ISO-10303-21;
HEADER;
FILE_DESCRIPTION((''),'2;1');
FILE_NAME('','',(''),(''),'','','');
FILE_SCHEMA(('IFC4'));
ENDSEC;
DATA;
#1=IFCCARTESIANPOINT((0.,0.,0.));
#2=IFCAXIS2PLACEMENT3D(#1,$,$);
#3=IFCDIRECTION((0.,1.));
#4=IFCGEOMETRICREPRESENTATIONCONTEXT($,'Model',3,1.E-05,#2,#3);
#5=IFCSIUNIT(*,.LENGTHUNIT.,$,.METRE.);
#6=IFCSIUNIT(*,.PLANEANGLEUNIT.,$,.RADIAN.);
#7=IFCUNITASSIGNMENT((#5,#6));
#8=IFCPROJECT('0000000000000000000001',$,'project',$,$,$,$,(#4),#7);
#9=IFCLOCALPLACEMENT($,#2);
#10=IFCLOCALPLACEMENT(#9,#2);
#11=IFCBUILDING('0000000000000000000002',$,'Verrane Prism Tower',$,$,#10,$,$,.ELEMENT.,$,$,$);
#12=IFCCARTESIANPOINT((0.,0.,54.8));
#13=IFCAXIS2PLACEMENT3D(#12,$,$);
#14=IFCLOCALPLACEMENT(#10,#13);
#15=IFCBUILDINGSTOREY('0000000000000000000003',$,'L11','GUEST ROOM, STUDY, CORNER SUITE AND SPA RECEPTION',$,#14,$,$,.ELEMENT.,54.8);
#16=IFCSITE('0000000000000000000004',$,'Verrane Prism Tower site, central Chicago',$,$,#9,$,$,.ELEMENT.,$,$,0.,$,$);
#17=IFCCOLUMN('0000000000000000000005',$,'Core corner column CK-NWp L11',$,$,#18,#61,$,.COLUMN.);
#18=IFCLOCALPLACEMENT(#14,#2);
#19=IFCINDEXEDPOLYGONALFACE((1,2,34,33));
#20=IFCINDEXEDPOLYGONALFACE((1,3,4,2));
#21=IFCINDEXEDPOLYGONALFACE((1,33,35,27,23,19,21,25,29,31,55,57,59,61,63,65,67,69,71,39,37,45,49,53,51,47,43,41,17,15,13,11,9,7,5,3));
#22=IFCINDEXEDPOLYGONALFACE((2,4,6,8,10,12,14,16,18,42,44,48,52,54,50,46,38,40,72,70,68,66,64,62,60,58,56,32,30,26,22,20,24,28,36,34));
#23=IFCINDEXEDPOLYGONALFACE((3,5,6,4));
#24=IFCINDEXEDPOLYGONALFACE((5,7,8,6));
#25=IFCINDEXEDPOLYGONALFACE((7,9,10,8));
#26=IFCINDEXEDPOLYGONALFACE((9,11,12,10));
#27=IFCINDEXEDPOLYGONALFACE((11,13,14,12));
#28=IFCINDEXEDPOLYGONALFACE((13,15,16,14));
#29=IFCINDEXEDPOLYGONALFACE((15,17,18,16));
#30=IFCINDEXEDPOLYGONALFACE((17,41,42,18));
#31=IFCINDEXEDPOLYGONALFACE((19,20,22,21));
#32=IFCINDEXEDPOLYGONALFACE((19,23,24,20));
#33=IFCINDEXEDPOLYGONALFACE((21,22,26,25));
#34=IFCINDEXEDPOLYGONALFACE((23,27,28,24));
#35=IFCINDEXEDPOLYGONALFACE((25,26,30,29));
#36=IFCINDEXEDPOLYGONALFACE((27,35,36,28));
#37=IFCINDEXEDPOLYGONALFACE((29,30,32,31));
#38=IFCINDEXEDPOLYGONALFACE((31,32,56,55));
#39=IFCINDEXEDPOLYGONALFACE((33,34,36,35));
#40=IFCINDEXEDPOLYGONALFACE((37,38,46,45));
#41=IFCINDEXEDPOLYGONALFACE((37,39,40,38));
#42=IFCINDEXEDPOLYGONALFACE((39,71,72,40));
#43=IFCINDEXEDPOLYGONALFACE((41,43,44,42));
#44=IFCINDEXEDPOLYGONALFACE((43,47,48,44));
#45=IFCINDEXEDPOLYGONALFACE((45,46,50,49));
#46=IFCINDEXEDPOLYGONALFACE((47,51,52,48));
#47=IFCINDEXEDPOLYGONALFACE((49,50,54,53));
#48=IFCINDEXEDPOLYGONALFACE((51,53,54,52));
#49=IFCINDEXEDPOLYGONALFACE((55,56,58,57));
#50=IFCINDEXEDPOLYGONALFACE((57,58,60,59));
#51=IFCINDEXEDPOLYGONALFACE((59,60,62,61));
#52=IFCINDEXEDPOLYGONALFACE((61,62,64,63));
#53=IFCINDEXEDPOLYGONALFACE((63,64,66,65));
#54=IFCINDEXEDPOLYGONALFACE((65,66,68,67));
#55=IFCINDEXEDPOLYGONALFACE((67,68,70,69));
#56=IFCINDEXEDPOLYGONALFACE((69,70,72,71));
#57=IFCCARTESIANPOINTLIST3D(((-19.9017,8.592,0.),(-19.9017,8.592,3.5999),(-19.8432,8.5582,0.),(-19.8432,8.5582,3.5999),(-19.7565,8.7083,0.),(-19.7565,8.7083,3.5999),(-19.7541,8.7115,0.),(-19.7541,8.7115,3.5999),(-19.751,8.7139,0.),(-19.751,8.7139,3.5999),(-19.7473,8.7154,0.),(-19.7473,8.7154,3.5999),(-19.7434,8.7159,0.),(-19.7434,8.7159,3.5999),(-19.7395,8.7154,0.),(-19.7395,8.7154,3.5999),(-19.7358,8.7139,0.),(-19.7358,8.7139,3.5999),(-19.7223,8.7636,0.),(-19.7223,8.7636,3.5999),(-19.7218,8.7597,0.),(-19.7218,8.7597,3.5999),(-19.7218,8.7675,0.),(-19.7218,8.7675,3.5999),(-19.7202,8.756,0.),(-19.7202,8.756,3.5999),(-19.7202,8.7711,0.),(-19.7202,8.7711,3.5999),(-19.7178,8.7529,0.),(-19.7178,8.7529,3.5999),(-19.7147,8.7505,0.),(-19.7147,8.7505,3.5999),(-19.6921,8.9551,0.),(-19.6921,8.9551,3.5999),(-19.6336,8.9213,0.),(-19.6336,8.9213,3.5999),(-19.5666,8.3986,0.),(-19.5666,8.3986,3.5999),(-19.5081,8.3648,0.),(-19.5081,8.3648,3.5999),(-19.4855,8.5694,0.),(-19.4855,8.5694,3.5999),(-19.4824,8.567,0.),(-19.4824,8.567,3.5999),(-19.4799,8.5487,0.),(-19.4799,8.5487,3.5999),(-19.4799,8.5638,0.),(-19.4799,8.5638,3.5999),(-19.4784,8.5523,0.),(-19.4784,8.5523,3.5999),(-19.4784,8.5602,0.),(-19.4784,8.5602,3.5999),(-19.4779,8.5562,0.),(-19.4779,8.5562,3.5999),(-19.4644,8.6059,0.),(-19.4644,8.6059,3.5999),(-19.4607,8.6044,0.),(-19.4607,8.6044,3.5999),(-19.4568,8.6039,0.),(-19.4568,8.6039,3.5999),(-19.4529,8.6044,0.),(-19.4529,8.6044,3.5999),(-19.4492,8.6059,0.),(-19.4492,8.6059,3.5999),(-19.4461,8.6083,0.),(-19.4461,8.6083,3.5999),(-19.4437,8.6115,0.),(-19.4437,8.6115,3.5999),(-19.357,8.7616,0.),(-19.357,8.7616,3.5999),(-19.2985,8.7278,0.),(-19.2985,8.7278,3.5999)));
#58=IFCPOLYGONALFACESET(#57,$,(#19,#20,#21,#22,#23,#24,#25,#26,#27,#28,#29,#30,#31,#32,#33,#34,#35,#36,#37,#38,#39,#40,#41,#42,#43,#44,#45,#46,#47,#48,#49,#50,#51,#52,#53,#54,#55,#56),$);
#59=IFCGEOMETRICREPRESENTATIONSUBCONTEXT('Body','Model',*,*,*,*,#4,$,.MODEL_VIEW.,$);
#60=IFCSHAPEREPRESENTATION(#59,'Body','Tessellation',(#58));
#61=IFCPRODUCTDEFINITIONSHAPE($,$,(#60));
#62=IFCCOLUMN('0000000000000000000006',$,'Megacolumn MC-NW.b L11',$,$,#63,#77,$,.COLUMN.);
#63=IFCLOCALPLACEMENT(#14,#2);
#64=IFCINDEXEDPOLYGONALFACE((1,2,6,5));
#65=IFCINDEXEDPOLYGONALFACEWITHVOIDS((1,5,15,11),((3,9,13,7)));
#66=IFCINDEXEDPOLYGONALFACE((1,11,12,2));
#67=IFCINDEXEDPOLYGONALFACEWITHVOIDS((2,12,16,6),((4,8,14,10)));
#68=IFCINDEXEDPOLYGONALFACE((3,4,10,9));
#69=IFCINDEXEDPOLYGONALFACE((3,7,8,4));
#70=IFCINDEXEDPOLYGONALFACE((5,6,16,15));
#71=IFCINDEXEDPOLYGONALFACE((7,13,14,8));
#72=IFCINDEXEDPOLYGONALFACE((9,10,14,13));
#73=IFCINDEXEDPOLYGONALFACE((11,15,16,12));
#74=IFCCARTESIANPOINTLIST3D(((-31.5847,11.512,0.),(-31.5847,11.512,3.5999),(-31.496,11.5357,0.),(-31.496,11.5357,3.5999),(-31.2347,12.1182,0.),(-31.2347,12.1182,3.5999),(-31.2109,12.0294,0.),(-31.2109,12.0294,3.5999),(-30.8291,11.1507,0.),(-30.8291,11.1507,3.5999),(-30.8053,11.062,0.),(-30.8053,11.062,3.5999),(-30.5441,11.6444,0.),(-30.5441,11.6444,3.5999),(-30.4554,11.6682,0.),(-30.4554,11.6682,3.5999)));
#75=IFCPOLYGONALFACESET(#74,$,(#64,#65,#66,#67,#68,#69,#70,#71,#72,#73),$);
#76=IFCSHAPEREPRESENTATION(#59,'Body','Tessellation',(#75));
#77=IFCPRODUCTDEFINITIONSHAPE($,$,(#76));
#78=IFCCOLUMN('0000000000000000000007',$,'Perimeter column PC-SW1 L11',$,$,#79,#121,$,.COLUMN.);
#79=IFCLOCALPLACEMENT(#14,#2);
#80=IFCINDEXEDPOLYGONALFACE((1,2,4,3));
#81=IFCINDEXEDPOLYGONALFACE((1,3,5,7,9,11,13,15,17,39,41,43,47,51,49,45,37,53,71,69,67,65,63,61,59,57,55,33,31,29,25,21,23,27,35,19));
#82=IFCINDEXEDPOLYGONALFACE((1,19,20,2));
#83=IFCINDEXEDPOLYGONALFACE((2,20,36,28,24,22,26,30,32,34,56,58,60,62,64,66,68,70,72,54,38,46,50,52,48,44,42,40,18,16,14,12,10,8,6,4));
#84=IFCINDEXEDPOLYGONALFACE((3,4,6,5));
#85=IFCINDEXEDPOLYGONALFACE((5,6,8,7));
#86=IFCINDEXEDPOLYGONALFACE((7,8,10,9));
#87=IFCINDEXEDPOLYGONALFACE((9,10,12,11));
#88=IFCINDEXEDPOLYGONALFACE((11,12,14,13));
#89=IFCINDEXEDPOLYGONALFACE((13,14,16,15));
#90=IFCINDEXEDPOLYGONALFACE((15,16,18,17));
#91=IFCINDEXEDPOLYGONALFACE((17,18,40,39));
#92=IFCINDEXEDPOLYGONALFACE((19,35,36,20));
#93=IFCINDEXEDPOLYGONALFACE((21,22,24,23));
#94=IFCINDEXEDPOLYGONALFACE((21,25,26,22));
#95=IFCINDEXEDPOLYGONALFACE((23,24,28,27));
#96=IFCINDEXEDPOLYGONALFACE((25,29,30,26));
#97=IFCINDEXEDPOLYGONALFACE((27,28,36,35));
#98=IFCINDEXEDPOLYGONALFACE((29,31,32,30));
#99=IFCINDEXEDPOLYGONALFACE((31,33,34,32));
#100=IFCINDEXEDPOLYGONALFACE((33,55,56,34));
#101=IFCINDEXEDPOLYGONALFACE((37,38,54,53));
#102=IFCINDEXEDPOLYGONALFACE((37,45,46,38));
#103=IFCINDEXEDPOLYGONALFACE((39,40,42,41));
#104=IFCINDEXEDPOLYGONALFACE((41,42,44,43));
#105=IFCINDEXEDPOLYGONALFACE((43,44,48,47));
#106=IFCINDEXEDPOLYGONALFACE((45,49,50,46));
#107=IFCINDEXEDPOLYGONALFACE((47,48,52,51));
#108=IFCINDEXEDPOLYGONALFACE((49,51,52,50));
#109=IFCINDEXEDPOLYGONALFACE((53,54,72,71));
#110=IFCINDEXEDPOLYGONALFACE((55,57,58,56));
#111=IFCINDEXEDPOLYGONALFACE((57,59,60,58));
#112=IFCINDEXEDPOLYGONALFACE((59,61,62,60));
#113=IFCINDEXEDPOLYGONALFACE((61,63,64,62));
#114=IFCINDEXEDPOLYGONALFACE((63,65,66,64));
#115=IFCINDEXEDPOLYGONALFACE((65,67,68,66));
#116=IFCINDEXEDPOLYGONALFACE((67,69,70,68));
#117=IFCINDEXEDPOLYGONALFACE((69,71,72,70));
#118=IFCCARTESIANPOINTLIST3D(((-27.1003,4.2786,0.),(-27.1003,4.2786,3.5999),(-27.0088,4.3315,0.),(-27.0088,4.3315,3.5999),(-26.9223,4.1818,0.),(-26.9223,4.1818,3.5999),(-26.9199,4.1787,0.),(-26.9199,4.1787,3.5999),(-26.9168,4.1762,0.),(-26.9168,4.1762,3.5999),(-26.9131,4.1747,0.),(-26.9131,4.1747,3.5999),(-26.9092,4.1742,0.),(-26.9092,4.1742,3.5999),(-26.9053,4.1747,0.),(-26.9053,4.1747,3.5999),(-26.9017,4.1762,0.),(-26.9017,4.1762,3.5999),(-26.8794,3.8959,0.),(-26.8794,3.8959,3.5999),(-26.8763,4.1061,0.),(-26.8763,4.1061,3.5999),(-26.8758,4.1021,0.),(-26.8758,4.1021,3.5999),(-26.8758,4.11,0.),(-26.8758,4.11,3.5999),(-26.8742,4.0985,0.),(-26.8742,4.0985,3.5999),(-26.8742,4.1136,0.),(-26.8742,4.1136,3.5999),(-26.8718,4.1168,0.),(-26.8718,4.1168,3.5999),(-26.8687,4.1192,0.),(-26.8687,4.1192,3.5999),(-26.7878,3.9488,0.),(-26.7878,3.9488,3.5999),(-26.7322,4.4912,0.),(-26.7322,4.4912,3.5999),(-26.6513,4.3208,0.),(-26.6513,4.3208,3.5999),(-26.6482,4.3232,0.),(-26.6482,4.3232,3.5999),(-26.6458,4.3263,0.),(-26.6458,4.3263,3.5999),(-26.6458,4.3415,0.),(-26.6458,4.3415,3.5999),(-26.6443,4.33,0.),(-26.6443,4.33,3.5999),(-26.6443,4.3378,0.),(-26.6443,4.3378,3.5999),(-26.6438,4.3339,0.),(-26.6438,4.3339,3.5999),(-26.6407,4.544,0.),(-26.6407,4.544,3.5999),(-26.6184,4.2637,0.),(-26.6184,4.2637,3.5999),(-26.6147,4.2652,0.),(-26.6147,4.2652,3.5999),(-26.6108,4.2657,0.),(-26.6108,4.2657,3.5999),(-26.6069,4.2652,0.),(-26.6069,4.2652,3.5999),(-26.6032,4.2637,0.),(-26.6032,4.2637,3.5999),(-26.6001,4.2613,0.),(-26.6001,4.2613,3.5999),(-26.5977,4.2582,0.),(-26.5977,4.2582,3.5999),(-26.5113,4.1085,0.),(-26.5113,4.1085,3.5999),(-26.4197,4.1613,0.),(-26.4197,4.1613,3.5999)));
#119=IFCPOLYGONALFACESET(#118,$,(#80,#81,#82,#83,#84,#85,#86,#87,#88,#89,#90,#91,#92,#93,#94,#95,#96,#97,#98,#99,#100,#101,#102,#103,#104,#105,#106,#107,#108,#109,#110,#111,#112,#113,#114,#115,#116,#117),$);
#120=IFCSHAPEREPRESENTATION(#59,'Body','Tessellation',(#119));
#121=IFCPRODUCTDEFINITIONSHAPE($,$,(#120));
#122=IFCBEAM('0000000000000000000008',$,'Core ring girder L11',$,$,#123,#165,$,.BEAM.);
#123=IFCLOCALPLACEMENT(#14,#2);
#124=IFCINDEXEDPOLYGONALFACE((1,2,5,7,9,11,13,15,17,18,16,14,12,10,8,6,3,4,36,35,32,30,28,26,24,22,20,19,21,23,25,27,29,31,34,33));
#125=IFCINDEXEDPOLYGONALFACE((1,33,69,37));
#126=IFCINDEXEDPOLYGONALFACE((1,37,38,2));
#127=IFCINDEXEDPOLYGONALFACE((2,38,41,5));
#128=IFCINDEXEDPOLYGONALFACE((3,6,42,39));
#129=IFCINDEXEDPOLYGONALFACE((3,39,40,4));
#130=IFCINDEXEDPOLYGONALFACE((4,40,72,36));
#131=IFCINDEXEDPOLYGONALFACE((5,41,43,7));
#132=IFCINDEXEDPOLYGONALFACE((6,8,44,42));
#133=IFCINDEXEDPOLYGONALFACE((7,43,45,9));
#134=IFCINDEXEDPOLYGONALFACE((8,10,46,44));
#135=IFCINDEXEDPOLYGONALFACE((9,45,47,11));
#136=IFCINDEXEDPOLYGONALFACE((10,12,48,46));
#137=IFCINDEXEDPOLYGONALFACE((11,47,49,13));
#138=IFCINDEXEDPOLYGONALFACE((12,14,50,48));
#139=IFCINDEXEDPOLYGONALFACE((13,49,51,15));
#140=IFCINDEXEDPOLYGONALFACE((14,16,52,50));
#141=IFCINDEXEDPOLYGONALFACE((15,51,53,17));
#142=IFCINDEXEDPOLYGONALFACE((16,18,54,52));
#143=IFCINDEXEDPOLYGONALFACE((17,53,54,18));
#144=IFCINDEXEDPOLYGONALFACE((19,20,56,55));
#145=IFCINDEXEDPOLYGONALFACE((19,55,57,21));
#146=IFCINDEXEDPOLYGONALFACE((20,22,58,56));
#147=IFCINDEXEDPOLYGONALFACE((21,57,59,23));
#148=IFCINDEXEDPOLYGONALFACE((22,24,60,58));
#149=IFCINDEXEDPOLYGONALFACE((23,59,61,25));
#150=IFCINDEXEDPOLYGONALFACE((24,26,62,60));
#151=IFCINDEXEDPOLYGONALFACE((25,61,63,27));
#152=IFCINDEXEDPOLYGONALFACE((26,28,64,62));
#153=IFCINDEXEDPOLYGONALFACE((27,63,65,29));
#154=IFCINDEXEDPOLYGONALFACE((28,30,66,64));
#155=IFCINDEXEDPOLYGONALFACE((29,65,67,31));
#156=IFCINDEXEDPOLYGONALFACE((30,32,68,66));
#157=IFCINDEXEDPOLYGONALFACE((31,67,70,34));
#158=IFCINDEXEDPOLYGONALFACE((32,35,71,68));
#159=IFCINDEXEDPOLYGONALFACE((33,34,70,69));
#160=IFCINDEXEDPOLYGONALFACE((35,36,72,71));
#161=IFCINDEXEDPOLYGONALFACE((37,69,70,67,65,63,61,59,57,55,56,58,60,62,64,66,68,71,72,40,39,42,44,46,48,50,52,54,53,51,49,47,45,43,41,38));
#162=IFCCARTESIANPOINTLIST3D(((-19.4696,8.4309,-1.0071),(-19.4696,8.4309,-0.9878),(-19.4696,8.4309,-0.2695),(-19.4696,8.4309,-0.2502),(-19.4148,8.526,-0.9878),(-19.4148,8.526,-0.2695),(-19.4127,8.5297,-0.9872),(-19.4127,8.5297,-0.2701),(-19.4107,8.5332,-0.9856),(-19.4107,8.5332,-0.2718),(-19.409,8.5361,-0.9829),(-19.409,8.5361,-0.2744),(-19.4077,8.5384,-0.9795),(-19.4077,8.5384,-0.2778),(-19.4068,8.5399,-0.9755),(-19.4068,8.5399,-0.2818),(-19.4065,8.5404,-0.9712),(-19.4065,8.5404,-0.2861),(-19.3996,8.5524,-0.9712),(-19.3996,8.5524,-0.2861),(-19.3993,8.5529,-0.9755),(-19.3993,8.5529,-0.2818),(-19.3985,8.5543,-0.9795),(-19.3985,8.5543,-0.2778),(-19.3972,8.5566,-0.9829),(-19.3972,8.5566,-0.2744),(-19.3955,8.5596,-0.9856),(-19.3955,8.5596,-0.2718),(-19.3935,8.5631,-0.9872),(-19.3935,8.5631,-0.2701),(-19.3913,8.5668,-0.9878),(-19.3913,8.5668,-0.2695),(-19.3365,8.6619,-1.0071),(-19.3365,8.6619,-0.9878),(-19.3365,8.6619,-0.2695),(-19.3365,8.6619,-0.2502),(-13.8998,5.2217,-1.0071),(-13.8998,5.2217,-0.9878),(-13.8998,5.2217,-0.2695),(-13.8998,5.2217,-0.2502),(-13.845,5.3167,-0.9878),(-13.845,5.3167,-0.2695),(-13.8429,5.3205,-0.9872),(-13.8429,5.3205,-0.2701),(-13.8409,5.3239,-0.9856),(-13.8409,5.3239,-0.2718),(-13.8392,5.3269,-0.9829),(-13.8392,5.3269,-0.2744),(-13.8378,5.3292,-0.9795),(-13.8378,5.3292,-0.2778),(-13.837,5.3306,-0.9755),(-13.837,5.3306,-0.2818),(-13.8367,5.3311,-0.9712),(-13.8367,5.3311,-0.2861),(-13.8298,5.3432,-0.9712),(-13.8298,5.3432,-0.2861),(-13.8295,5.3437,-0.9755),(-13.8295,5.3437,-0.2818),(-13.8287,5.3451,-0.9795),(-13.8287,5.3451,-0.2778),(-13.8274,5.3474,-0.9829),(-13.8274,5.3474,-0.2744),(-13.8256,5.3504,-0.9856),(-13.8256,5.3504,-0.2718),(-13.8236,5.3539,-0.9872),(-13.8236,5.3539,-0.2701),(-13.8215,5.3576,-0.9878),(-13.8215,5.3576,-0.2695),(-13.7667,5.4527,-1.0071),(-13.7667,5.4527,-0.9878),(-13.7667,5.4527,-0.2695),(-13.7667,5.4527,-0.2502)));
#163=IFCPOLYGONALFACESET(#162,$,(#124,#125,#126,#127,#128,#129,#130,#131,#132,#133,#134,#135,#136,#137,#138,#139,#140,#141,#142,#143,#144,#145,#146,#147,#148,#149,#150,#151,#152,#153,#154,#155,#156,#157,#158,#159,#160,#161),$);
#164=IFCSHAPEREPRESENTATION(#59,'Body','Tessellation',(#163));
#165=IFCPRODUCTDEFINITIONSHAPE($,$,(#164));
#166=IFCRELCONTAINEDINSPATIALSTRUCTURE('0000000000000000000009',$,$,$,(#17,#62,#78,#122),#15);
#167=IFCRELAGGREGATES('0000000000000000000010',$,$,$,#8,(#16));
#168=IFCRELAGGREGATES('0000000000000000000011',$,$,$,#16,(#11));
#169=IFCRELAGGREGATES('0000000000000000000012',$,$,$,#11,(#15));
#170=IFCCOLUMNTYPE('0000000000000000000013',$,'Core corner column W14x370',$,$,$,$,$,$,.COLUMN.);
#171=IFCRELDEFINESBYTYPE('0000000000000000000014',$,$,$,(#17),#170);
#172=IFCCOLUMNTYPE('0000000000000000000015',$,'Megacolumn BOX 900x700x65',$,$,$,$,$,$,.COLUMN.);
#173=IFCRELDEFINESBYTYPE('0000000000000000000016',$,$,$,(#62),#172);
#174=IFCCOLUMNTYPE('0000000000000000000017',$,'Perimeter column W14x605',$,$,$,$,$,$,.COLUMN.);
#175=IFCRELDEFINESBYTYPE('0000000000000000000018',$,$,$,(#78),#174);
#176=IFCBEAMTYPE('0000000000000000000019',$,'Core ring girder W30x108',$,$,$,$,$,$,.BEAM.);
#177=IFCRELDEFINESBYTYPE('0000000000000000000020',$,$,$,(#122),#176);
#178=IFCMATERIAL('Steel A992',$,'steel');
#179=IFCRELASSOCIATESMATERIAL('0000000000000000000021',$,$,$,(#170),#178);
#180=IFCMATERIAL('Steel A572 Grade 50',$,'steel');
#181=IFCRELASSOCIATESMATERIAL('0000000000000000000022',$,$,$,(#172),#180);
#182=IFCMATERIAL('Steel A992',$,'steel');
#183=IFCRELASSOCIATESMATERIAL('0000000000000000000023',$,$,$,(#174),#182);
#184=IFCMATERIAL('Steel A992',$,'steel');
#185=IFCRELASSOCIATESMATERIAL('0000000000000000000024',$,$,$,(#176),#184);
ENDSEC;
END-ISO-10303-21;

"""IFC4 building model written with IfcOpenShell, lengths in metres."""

from ifc_helpers import new_model, si_unit, direction, frame, origin, origin_2d, place, context, subcontext, project, spatial, hollow_rectangle, i_section, extrude, material, material_profile, profile_set, type_object, element, save


model = new_model("IFC4")

# Units and contexts
model_context = context("Model", 3, precision=1e-05, world=origin(), true_north=direction((0.0, 1.0)))
body_context = subcontext(model_context, "Body", "Model", "MODEL_VIEW")
ifc_project = project(units=[si_unit("LENGTHUNIT", "METRE"), si_unit("PLANEANGLEUNIT", "RADIAN")], contexts=[model_context])

# Site, building, storey
site_placement = place(None, origin())
site = spatial("IfcSite", under=ifc_project, at=site_placement, Name="Verrane Prism Tower site, central Chicago", CompositionType="ELEMENT", RefElevation=0.0)
building_placement = place(site_placement, origin())
building = spatial("IfcBuilding", under=site, at=building_placement, Name="Verrane Prism Tower", CompositionType="ELEMENT")
storey_placement = place(building_placement, frame((0.0, 0.0, 54.8)))
storey = spatial("IfcBuildingStorey", under=building, at=storey_placement, Name="L11", Description="GUEST ROOM, STUDY, CORNER SUITE AND SPA RECEPTION", CompositionType="ELEMENT", Elevation=54.8)

# Columns
ifc_material_1 = material(Name="Steel A992", Category="steel")
ifc_material_profile_1 = material_profile(ifc_material_1, i_section(OverallWidth=0.4192, OverallDepth=0.4546, WebThickness=0.0422, FlangeThickness=0.0676, FilletRadius=0.0151, at=origin_2d()), Name="W14x370")
ifc_profile_set_1 = profile_set([ifc_material_profile_1], Name="Steel A992")
column_type_1 = type_object("IfcColumnType", Name="Core corner column W14x370", PredefinedType="COLUMN", material=ifc_profile_set_1)
column_1_placement = place(storey_placement, frame((-19.6001, 8.6599, 0.0), z_axis=(0.0, 0.0, 1.0), x_axis=(0.5, 0.866025, 0.0)))
element("IfcColumn", 1, at=column_1_placement, inside=storey, type_object=column_type_1, Name="Core corner column CK-NWp L11", PredefinedType="COLUMN", context=body_context, shape_type="SweptSolid", body=[
    extrude(i_section(OverallWidth=0.4192, OverallDepth=0.4546, WebThickness=0.0422, FlangeThickness=0.0676, FilletRadius=0.0151, at=origin_2d()), origin(), (0.0, 0.0, 1.0), 3.5999),
])
ifc_material_2 = material(Name="Steel A572 Grade 50", Category="steel")
ifc_material_profile_2 = material_profile(ifc_material_2, hollow_rectangle(XDim=0.7, YDim=0.8999, WallThickness=0.0649, at=origin_2d()), Name="BOX 900x700x65")
ifc_profile_set_2 = profile_set([ifc_material_profile_2], Name="Steel A572 Grade 50")
column_type_2 = type_object("IfcColumnType", Name="Megacolumn BOX 900x700x65", PredefinedType="COLUMN", material=ifc_profile_set_2)
column_2_placement = place(storey_placement, frame((-31.02, 11.5901, 0.0), z_axis=(0.0, 0.0, 1.0), x_axis=(0.5, 0.866025, 0.0)))
element("IfcColumn", 2, at=column_2_placement, inside=storey, type_object=column_type_2, Name="Megacolumn MC-NW.b L11", PredefinedType="COLUMN", context=body_context, shape_type="SweptSolid", body=[
    extrude(hollow_rectangle(XDim=0.7, YDim=0.8999, WallThickness=0.0649, at=origin_2d()), origin(), (0.0, 0.0, 1.0), 3.5999),
])
ifc_material_3 = material(Name="Steel A992", Category="steel")
ifc_material_profile_3 = material_profile(ifc_material_3, i_section(OverallWidth=0.4419, OverallDepth=0.5308, WebThickness=0.0659, FlangeThickness=0.1057, FilletRadius=0.0151, at=origin_2d()), Name="W14x605")
ifc_profile_set_3 = profile_set([ifc_material_profile_3], Name="Steel A992")
column_type_3 = type_object("IfcColumnType", Name="Perimeter column W14x605", PredefinedType="COLUMN", material=ifc_profile_set_3)
column_3_placement = place(storey_placement, frame((-26.76, 4.22, 0.0), z_axis=(0.0, 0.0, 1.0), x_axis=(-0.5, 0.866025, 0.0)))
element("IfcColumn", 3, at=column_3_placement, inside=storey, type_object=column_type_3, Name="Perimeter column PC-SW1 L11", PredefinedType="COLUMN", context=body_context, shape_type="SweptSolid", body=[
    extrude(i_section(OverallWidth=0.4419, OverallDepth=0.5308, WebThickness=0.0659, FlangeThickness=0.1057, FilletRadius=0.0151, at=origin_2d()), origin(), (0.0, 0.0, 1.0), 3.5999),
])

# Beam
ifc_material_4 = material(Name="Steel A992", Category="steel")
ifc_material_profile_4 = material_profile(ifc_material_4, i_section(OverallWidth=0.2666, OverallDepth=0.7568, WebThickness=0.0139, FlangeThickness=0.0193, FilletRadius=0.0166, at=origin_2d()), Name="W30x108")
ifc_profile_set_4 = profile_set([ifc_material_profile_4], Name="Steel A992")
beam_type_1 = type_object("IfcBeamType", Name="Core ring girder W30x108", PredefinedType="BEAM", material=ifc_profile_set_4)
beam_1_placement = place(storey_placement, frame((-19.4031, 8.5464, -0.6287), z_axis=(0.866464, -0.49924, 0.0), x_axis=(0.49924, 0.866464, 0.0)))
element("IfcBeam", 4, at=beam_1_placement, inside=storey, type_object=beam_type_1, Name="Core ring girder L11", PredefinedType="BEAM", context=body_context, shape_type="SweptSolid", body=[
    extrude(i_section(OverallWidth=0.2666, OverallDepth=0.7568, WebThickness=0.0139, FlangeThickness=0.0193, FilletRadius=0.0166, at=origin_2d()), origin(), (0.0, 0.0, 1.0), 6.4282),
])

save(model, "model.ifc")
